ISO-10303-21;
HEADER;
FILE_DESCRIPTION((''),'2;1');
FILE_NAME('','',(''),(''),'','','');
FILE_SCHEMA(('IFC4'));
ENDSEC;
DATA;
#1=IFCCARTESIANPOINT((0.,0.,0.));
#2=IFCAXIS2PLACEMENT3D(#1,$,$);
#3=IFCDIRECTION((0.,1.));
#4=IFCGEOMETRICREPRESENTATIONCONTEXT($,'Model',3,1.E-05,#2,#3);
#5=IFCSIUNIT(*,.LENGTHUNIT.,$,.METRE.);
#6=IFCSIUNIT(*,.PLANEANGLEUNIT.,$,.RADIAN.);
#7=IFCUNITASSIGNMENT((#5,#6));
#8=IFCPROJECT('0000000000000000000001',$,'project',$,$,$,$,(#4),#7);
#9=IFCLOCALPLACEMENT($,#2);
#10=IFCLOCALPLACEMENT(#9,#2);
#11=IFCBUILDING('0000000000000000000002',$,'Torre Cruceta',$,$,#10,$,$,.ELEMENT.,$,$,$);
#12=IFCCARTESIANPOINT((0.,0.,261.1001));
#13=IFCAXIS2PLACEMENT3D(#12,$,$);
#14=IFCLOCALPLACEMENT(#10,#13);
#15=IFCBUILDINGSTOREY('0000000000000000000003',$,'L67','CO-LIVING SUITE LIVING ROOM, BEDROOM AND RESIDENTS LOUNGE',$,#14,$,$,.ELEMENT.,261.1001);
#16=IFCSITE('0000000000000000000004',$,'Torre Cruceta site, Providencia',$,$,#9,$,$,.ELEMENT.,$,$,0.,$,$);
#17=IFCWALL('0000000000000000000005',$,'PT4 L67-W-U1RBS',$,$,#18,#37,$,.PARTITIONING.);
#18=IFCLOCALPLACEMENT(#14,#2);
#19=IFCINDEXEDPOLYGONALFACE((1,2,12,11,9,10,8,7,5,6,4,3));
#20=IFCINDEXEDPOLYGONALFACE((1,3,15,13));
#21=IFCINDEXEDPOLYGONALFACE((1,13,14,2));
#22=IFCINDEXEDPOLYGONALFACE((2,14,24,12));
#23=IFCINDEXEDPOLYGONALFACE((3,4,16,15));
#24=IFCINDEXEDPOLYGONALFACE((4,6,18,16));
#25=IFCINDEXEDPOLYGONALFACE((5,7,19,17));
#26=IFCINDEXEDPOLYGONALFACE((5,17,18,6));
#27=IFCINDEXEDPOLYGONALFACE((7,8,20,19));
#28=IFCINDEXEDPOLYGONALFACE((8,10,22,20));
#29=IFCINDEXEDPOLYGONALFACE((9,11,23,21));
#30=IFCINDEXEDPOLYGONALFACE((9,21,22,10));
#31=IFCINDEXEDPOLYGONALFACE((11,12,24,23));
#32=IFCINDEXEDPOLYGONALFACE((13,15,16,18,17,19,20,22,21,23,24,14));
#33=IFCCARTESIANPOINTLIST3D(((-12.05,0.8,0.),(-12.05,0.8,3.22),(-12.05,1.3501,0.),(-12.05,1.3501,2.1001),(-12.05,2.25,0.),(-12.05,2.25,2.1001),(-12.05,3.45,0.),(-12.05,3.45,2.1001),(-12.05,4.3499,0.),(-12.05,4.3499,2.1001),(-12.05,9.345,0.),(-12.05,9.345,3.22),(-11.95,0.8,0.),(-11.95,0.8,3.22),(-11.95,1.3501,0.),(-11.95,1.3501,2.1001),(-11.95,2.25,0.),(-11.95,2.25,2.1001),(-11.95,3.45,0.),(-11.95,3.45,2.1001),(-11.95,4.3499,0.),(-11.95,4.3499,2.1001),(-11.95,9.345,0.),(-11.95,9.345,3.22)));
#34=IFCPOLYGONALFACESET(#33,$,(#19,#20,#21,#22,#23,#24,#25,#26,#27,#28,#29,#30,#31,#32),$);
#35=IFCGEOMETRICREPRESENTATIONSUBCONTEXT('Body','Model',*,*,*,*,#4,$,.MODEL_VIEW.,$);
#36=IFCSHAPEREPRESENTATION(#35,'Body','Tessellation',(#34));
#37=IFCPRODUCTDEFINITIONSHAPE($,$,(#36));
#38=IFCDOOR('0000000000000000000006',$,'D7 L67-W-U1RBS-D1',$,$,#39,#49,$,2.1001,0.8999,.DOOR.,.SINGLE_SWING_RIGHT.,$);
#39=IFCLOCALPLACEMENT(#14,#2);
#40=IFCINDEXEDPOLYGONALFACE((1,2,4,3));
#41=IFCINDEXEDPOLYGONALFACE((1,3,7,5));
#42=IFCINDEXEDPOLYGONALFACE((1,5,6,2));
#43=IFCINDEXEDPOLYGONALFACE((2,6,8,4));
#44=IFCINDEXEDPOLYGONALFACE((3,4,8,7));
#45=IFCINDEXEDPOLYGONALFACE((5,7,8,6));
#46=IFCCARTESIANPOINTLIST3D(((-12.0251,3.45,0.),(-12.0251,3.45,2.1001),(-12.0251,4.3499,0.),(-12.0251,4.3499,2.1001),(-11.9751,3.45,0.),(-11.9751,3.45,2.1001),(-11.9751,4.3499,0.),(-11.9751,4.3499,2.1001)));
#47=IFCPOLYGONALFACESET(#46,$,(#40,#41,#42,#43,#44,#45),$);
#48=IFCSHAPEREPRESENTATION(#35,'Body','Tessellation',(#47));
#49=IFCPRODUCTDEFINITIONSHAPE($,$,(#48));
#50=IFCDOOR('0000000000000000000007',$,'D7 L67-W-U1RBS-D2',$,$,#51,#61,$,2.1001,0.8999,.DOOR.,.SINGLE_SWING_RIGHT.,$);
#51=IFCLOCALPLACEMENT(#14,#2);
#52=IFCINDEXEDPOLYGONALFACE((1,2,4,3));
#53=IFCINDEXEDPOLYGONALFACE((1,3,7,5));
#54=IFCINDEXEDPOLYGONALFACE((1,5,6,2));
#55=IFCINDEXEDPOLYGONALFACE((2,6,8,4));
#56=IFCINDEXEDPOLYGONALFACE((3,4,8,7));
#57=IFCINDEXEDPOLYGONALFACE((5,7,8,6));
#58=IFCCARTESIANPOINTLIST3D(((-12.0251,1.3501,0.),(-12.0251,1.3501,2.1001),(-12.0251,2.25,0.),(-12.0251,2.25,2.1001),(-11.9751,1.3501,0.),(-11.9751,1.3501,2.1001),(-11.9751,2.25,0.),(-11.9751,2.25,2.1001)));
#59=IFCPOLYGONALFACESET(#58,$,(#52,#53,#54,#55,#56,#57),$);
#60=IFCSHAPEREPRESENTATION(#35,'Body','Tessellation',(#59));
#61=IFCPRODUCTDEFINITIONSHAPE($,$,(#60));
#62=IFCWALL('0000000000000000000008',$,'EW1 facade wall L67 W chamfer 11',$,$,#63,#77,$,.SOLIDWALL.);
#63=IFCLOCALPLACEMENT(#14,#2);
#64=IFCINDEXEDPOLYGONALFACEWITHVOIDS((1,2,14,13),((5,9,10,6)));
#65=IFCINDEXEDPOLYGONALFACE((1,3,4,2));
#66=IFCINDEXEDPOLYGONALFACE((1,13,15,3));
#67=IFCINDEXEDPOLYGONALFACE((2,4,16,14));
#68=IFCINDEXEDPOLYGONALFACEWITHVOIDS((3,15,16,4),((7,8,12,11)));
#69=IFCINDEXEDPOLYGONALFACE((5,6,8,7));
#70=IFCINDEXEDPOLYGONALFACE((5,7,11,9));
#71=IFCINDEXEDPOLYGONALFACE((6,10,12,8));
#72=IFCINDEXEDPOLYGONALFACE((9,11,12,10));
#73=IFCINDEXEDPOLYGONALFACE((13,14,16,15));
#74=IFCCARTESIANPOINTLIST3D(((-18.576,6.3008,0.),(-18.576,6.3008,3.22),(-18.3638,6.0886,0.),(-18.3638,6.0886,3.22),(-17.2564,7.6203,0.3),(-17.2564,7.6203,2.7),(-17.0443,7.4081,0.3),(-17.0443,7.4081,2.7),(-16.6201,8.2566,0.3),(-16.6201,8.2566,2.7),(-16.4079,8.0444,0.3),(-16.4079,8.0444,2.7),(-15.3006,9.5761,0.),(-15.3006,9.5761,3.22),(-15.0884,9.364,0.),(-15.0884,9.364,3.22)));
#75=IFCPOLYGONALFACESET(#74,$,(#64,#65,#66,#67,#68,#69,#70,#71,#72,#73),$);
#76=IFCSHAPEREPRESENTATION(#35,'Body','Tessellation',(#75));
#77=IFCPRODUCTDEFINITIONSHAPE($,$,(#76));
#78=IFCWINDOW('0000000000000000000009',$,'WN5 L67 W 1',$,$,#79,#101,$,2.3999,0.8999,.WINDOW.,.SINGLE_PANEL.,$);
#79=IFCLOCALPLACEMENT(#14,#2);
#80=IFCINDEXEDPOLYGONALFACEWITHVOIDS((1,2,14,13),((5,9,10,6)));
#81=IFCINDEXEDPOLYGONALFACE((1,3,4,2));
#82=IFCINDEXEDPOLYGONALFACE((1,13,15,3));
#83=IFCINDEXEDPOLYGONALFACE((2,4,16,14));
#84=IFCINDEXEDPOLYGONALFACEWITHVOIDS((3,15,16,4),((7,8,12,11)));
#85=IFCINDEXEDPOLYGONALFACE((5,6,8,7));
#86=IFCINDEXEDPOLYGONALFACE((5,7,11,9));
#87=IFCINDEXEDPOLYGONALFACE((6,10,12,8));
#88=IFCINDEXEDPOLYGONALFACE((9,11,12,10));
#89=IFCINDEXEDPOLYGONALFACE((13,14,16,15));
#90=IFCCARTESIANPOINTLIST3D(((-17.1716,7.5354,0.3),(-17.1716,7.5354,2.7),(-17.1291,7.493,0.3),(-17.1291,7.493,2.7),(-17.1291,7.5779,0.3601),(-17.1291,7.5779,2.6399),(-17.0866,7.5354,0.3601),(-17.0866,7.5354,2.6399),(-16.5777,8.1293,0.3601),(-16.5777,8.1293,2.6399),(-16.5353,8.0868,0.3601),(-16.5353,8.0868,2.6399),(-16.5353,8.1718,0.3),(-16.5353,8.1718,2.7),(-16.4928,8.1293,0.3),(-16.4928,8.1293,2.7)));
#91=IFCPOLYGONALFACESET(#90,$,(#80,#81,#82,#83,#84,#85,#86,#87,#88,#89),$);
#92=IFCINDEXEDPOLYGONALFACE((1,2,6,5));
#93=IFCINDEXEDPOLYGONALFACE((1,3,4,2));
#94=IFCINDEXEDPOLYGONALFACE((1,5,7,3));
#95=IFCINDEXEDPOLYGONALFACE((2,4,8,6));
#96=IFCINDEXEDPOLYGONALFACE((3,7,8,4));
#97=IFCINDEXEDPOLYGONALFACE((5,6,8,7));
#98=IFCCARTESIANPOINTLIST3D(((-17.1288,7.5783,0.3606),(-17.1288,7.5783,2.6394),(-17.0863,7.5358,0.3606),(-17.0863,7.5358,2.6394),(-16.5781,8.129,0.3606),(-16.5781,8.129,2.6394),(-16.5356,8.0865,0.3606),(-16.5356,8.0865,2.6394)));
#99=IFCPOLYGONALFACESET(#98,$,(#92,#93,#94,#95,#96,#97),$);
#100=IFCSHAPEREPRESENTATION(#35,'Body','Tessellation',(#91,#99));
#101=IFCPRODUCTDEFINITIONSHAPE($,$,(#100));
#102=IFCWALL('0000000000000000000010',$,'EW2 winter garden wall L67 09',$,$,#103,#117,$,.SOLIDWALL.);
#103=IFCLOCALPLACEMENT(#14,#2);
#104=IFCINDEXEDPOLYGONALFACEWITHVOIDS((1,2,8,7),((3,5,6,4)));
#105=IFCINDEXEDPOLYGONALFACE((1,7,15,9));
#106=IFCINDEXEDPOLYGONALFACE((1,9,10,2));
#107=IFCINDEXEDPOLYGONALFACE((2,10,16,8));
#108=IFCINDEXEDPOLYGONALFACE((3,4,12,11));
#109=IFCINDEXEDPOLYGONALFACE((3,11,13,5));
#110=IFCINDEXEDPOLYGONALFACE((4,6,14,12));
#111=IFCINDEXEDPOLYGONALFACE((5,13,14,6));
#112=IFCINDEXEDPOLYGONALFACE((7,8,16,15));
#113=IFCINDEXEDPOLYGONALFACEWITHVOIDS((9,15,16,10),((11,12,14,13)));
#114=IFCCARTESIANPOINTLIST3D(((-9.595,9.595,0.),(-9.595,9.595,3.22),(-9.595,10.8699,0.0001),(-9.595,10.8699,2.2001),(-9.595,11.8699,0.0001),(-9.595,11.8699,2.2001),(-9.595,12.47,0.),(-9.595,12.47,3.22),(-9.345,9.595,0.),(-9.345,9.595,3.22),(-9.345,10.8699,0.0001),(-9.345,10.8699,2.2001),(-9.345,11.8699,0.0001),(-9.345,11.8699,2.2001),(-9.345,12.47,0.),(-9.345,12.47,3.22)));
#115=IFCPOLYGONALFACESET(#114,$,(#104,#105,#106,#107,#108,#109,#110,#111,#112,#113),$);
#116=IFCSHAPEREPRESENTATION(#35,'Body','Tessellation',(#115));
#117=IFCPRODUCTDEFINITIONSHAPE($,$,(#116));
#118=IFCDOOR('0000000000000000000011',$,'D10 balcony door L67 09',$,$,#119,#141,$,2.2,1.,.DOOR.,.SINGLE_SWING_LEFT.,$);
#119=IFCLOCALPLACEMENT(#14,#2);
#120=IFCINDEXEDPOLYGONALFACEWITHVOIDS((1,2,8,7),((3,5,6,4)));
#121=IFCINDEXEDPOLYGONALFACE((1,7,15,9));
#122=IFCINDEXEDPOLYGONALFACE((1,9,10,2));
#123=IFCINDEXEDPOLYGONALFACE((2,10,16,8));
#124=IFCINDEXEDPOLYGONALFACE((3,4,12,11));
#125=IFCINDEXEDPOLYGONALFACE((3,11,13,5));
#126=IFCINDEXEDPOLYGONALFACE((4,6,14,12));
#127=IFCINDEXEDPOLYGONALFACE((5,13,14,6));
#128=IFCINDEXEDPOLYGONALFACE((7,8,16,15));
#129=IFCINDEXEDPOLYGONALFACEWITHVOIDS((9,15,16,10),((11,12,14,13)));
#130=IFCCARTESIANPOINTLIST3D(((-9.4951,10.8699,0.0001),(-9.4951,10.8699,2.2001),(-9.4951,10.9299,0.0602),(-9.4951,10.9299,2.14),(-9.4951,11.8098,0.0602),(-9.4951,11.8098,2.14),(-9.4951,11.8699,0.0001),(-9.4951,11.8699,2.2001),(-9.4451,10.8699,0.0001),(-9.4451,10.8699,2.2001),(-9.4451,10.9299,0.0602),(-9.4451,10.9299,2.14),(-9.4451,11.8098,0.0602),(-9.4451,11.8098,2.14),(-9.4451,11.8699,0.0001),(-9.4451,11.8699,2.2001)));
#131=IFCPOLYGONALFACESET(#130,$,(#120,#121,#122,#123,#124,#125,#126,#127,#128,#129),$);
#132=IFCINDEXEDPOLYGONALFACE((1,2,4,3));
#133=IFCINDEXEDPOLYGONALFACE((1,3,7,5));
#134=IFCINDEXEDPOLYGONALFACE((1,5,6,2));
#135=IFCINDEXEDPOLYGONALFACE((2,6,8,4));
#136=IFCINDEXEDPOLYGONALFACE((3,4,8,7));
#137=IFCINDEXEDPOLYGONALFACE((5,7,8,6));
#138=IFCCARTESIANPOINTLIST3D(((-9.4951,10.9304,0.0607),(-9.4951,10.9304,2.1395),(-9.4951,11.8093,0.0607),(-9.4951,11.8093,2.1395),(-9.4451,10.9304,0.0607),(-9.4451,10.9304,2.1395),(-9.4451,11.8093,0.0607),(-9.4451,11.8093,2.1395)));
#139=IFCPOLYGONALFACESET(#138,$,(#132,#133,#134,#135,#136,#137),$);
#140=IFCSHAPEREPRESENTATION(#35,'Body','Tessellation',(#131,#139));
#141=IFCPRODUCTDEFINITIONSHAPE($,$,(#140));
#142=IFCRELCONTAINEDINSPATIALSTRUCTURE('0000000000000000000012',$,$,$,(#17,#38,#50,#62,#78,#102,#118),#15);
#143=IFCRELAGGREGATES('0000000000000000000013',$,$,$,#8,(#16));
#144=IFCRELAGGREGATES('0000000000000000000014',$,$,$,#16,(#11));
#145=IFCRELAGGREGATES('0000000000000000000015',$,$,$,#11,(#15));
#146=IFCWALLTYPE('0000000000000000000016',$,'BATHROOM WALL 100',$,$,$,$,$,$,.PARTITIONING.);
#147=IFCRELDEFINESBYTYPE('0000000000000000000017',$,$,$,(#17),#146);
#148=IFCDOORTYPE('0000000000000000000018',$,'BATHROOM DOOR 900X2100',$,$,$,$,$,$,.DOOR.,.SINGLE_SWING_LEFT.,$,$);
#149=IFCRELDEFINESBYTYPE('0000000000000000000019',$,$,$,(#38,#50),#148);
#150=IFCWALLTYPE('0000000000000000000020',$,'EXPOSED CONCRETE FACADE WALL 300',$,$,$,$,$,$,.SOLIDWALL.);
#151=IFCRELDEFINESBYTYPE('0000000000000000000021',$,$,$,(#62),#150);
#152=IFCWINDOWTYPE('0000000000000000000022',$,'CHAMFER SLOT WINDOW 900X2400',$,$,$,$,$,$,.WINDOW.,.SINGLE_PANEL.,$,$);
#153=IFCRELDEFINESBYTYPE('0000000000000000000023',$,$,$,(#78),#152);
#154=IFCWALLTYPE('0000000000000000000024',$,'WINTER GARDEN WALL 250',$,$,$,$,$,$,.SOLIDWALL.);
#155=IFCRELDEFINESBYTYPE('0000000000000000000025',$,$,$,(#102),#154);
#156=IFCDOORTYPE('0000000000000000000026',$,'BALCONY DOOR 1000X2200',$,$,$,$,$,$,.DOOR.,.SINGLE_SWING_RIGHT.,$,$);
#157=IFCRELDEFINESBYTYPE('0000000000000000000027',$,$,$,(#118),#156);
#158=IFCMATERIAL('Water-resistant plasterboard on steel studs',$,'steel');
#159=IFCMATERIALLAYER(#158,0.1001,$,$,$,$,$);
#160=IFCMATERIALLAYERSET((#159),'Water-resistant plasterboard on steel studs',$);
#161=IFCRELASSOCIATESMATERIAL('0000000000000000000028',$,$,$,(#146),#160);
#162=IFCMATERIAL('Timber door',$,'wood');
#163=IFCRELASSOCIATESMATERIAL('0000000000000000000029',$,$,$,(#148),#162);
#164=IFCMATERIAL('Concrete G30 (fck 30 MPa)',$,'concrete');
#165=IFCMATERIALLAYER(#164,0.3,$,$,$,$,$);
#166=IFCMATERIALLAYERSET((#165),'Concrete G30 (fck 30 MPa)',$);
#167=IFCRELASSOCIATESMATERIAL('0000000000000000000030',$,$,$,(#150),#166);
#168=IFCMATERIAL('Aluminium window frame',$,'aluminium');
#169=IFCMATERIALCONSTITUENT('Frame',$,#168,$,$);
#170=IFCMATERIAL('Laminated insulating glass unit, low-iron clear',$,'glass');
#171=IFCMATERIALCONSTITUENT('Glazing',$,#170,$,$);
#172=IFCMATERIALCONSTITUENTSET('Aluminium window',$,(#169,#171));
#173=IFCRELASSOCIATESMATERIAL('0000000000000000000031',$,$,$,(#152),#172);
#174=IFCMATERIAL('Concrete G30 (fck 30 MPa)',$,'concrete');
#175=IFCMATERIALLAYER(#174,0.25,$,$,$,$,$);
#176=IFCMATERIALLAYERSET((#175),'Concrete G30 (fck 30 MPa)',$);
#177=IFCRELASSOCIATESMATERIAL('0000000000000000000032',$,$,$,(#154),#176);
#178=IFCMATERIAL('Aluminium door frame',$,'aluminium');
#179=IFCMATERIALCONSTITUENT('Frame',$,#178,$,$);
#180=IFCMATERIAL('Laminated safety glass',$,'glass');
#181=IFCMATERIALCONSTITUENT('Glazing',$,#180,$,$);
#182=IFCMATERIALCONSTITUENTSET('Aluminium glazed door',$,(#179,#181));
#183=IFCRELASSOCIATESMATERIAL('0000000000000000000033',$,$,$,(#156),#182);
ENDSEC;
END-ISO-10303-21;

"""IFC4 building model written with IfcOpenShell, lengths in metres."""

from ifc_helpers import new_model, si_unit, direction, frame, frame_2d, origin, place, context, subcontext, project, spatial, rectangle, hollow_rectangle, extrude, material, layer, layer_set, constituent, constituent_set, type_object, element, fill, save


model = new_model("IFC4")

# Units and contexts
model_context = context("Model", 3, precision=1e-05, world=origin(), true_north=direction((0.0, 1.0)))
body_context = subcontext(model_context, "Body", "Model", "MODEL_VIEW")
ifc_project = project(units=[si_unit("LENGTHUNIT", "METRE"), si_unit("PLANEANGLEUNIT", "RADIAN")], contexts=[model_context])

# Site, building, storey
site_placement = place(None, origin())
site = spatial("IfcSite", under=ifc_project, at=site_placement, Name="Torre Cruceta site, Providencia", CompositionType="ELEMENT", RefElevation=0.0)
building_placement = place(site_placement, origin())
building = spatial("IfcBuilding", under=site, at=building_placement, Name="Torre Cruceta", CompositionType="ELEMENT")
storey_placement = place(building_placement, frame((0.0, 0.0, 261.1001)))
storey = spatial("IfcBuildingStorey", under=building, at=storey_placement, Name="L67", Description="CO-LIVING SUITE LIVING ROOM, BEDROOM AND RESIDENTS LOUNGE", CompositionType="ELEMENT", Elevation=261.1001)

# Wall, openings, doors
ifc_material_1 = material(Name="Water-resistant plasterboard on steel studs", Category="steel")
ifc_layer_1 = layer(ifc_material_1, 0.1001)
ifc_layer_set_1 = layer_set([ifc_layer_1], Name="Water-resistant plasterboard on steel studs")
wall_type_1 = type_object("IfcWallType", Name="BATHROOM WALL 100", PredefinedType="PARTITIONING", material=ifc_layer_set_1)
wall_1_placement = place(storey_placement, frame((-12.0, 9.345, 0.0), z_axis=(0.0, 0.0, 1.0), x_axis=(0.0, -1.0, 0.0)))
wall_1 = element("IfcWall", 1, at=wall_1_placement, inside=storey, type_object=wall_type_1, Name="PT4 L67-W-U1RBS", PredefinedType="PARTITIONING", context=body_context, shape_type="SweptSolid", body=[
    extrude(rectangle(XDim=8.5449, YDim=0.1001, at=frame_2d((4.2725, 0.0))), origin(), (0.0, 0.0, 1.0), 3.22),
])
opening_1_placement = place(wall_1_placement, frame((4.9951, 0.0, 0.0)))
opening_1 = element("IfcOpeningElement", 2, at=opening_1_placement, cuts=wall_1, PredefinedType="OPENING", context=body_context, shape_type="SweptSolid", body=[
    extrude(rectangle(XDim=0.8999, YDim=2.1001, at=frame_2d((0.45, 1.05))), frame((0.0, 0.0601, 0.0), z_axis=(0.0, -1.0, 0.0), x_axis=(1.0, 0.0, 0.0)), (0.0, 0.0, 1.0), 0.1201),
])
opening_2_placement = place(wall_1_placement, frame((7.095, 0.0, 0.0)))
opening_2 = element("IfcOpeningElement", 3, at=opening_2_placement, cuts=wall_1, PredefinedType="OPENING", context=body_context, shape_type="SweptSolid", body=[
    extrude(rectangle(XDim=0.8999, YDim=2.1001, at=frame_2d((0.45, 1.05))), frame((0.0, 0.0601, 0.0), z_axis=(0.0, -1.0, 0.0), x_axis=(1.0, 0.0, 0.0)), (0.0, 0.0, 1.0), 0.1201),
])
ifc_material_2 = material(Name="Timber door", Category="wood")
door_type_1 = type_object("IfcDoorType", Name="BATHROOM DOOR 900X2100", OperationType="SINGLE_SWING_LEFT", PredefinedType="DOOR", material=ifc_material_2)
door_1_placement = place(opening_1_placement, origin())
door_1 = element("IfcDoor", 4, at=door_1_placement, inside=storey, type_object=door_type_1, Name="D7 L67-W-U1RBS-D1", OperationType="SINGLE_SWING_RIGHT", OverallHeight=2.1001, OverallWidth=0.8999, PredefinedType="DOOR", context=body_context, shape_type="SweptSolid", body=[
    extrude(rectangle(XDim=0.8999, YDim=2.1001, at=frame_2d((0.45, 1.05))), frame((0.0, 0.0249, 0.0), z_axis=(0.0, -1.0, 0.0), x_axis=(1.0, 0.0, 0.0)), (0.0, 0.0, 1.0), 0.05),
])
fill(opening_1, door_1)
door_2_placement = place(opening_2_placement, origin())
door_2 = element("IfcDoor", 5, at=door_2_placement, inside=storey, type_object=door_type_1, Name="D7 L67-W-U1RBS-D2", OperationType="SINGLE_SWING_RIGHT", OverallHeight=2.1001, OverallWidth=0.8999, PredefinedType="DOOR", context=body_context, shape_type="SweptSolid", body=[
    extrude(rectangle(XDim=0.8999, YDim=2.1001, at=frame_2d((0.45, 1.05))), frame((0.0, 0.0249, 0.0), z_axis=(0.0, -1.0, 0.0), x_axis=(1.0, 0.0, 0.0)), (0.0, 0.0, 1.0), 0.05),
])
fill(opening_2, door_2)

# Wall, opening, window
ifc_material_3 = material(Name="Concrete G30 (fck 30 MPa)", Category="concrete")
ifc_layer_2 = layer(ifc_material_3, 0.3)
ifc_layer_set_2 = layer_set([ifc_layer_2], Name="Concrete G30 (fck 30 MPa)")
wall_type_2 = type_object("IfcWallType", Name="EXPOSED CONCRETE FACADE WALL 300", PredefinedType="SOLIDWALL", material=ifc_layer_set_2)
wall_2_placement = place(storey_placement, frame((-15.1946, 9.47, 0.0), z_axis=(0.0, 0.0, 1.0), x_axis=(-0.707107, -0.707107, 0.0)))
wall_2 = element("IfcWall", 6, at=wall_2_placement, inside=storey, type_object=wall_type_2, Name="EW1 facade wall L67 W chamfer 11", PredefinedType="SOLIDWALL", context=body_context, shape_type="SweptSolid", body=[
    extrude(rectangle(XDim=4.6321, YDim=0.3, at=frame_2d((2.3159, 0.0))), origin(), (0.0, 0.0, 1.0), 3.22),
])
opening_3_placement = place(wall_2_placement, frame((1.866, 0.0, 0.3)))
opening_3 = element("IfcOpeningElement", 7, at=opening_3_placement, cuts=wall_2, PredefinedType="OPENING", context=body_context, shape_type="SweptSolid", body=[
    extrude(rectangle(XDim=0.8999, YDim=2.3999, at=frame_2d((0.45, 1.2))), frame((0.0, 0.1599, 0.0), z_axis=(0.0, -1.0, 0.0), x_axis=(1.0, 0.0, 0.0)), (0.0, 0.0, 1.0), 0.3201),
])
ifc_material_4 = material(Name="Aluminium window frame", Category="aluminium")
ifc_constituent_1 = constituent(ifc_material_4, Name="Frame")
ifc_material_5 = material(Name="Laminated insulating glass unit, low-iron clear", Category="glass")
ifc_constituent_2 = constituent(ifc_material_5, Name="Glazing")
ifc_constituent_set_1 = constituent_set(constituents=[ifc_constituent_1, ifc_constituent_2], Name="Aluminium window")
window_type = type_object("IfcWindowType", Name="CHAMFER SLOT WINDOW 900X2400", PartitioningType="SINGLE_PANEL", PredefinedType="WINDOW", material=ifc_constituent_set_1)
window_placement = place(opening_3_placement, origin())
window = element("IfcWindow", 8, at=window_placement, inside=storey, type_object=window_type, Name="WN5 L67 W 1", OverallHeight=2.3999, OverallWidth=0.8999, PartitioningType="SINGLE_PANEL", PredefinedType="WINDOW", context=body_context, shape_type="SweptSolid", body=[
    extrude(hollow_rectangle(XDim=0.8999, YDim=2.3999, WallThickness=0.0601, at=frame_2d((0.45, 1.2))), frame((0.0, 0.03, 0.0), z_axis=(0.0, -1.0, 0.0), x_axis=(1.0, 0.0, 0.0)), (0.0, 0.0, 1.0), 0.0601),
    extrude(rectangle(XDim=0.7788, YDim=2.2788, at=frame_2d((0.45, 1.2))), frame((0.0, 0.03, 0.0), z_axis=(0.0, -1.0, 0.0), x_axis=(1.0, 0.0, 0.0)), (0.0, 0.0, 1.0), 0.0601),
])
fill(opening_3, window)

# Wall, opening, door
ifc_material_6 = material(Name="Concrete G30 (fck 30 MPa)", Category="concrete")
ifc_layer_3 = layer(ifc_material_6, 0.25)
ifc_layer_set_3 = layer_set([ifc_layer_3], Name="Concrete G30 (fck 30 MPa)")
wall_type_3 = type_object("IfcWallType", Name="WINTER GARDEN WALL 250", PredefinedType="SOLIDWALL", material=ifc_layer_set_3)
wall_3_placement = place(storey_placement, frame((-9.47, 12.47, 0.0), z_axis=(0.0, 0.0, 1.0), x_axis=(0.0, -1.0, 0.0)))
wall_3 = element("IfcWall", 9, at=wall_3_placement, inside=storey, type_object=wall_type_3, Name="EW2 winter garden wall L67 09", PredefinedType="SOLIDWALL", context=body_context, shape_type="SweptSolid", body=[
    extrude(rectangle(XDim=2.875, YDim=0.25, at=frame_2d((1.4375, 0.0))), origin(), (0.0, 0.0, 1.0), 3.22),
])
opening_4_placement = place(wall_3_placement, frame((0.6001, 0.0, 0.0)))
opening_4 = element("IfcOpeningElement", 10, at=opening_4_placement, cuts=wall_3, PredefinedType="OPENING", context=body_context, shape_type="SweptSolid", body=[
    extrude(rectangle(XDim=1.0, YDim=2.2, at=frame_2d((0.5, 1.1001))), frame((0.0, 0.135, 0.0), z_axis=(0.0, -1.0, 0.0), x_axis=(1.0, 0.0, 0.0)), (0.0, 0.0, 1.0), 0.27),
])
ifc_material_7 = material(Name="Aluminium door frame", Category="aluminium")
ifc_constituent_3 = constituent(ifc_material_7, Name="Frame")
ifc_material_8 = material(Name="Laminated safety glass", Category="glass")
ifc_constituent_4 = constituent(ifc_material_8, Name="Glazing")
ifc_constituent_set_2 = constituent_set(constituents=[ifc_constituent_3, ifc_constituent_4], Name="Aluminium glazed door")
door_type_2 = type_object("IfcDoorType", Name="BALCONY DOOR 1000X2200", OperationType="SINGLE_SWING_RIGHT", PredefinedType="DOOR", material=ifc_constituent_set_2)
door_3_placement = place(opening_4_placement, origin())
door_3 = element("IfcDoor", 11, at=door_3_placement, inside=storey, type_object=door_type_2, Name="D10 balcony door L67 09", OperationType="SINGLE_SWING_LEFT", OverallHeight=2.2, OverallWidth=1.0, PredefinedType="DOOR", context=body_context, shape_type="SweptSolid", body=[
    extrude(hollow_rectangle(XDim=1.0, YDim=2.2, WallThickness=0.0601, at=frame_2d((0.5, 1.1001))), frame((0.0, 0.0249, 0.0), z_axis=(0.0, -1.0, 0.0), x_axis=(1.0, 0.0, 0.0)), (0.0, 0.0, 1.0), 0.05),
    extrude(rectangle(XDim=0.8789, YDim=2.0789, at=frame_2d((0.5, 1.1001))), frame((0.0, 0.0249, 0.0), z_axis=(0.0, -1.0, 0.0), x_axis=(1.0, 0.0, 0.0)), (0.0, 0.0, 1.0), 0.05),
])
fill(opening_4, door_3)

save(model, "model.ifc")
